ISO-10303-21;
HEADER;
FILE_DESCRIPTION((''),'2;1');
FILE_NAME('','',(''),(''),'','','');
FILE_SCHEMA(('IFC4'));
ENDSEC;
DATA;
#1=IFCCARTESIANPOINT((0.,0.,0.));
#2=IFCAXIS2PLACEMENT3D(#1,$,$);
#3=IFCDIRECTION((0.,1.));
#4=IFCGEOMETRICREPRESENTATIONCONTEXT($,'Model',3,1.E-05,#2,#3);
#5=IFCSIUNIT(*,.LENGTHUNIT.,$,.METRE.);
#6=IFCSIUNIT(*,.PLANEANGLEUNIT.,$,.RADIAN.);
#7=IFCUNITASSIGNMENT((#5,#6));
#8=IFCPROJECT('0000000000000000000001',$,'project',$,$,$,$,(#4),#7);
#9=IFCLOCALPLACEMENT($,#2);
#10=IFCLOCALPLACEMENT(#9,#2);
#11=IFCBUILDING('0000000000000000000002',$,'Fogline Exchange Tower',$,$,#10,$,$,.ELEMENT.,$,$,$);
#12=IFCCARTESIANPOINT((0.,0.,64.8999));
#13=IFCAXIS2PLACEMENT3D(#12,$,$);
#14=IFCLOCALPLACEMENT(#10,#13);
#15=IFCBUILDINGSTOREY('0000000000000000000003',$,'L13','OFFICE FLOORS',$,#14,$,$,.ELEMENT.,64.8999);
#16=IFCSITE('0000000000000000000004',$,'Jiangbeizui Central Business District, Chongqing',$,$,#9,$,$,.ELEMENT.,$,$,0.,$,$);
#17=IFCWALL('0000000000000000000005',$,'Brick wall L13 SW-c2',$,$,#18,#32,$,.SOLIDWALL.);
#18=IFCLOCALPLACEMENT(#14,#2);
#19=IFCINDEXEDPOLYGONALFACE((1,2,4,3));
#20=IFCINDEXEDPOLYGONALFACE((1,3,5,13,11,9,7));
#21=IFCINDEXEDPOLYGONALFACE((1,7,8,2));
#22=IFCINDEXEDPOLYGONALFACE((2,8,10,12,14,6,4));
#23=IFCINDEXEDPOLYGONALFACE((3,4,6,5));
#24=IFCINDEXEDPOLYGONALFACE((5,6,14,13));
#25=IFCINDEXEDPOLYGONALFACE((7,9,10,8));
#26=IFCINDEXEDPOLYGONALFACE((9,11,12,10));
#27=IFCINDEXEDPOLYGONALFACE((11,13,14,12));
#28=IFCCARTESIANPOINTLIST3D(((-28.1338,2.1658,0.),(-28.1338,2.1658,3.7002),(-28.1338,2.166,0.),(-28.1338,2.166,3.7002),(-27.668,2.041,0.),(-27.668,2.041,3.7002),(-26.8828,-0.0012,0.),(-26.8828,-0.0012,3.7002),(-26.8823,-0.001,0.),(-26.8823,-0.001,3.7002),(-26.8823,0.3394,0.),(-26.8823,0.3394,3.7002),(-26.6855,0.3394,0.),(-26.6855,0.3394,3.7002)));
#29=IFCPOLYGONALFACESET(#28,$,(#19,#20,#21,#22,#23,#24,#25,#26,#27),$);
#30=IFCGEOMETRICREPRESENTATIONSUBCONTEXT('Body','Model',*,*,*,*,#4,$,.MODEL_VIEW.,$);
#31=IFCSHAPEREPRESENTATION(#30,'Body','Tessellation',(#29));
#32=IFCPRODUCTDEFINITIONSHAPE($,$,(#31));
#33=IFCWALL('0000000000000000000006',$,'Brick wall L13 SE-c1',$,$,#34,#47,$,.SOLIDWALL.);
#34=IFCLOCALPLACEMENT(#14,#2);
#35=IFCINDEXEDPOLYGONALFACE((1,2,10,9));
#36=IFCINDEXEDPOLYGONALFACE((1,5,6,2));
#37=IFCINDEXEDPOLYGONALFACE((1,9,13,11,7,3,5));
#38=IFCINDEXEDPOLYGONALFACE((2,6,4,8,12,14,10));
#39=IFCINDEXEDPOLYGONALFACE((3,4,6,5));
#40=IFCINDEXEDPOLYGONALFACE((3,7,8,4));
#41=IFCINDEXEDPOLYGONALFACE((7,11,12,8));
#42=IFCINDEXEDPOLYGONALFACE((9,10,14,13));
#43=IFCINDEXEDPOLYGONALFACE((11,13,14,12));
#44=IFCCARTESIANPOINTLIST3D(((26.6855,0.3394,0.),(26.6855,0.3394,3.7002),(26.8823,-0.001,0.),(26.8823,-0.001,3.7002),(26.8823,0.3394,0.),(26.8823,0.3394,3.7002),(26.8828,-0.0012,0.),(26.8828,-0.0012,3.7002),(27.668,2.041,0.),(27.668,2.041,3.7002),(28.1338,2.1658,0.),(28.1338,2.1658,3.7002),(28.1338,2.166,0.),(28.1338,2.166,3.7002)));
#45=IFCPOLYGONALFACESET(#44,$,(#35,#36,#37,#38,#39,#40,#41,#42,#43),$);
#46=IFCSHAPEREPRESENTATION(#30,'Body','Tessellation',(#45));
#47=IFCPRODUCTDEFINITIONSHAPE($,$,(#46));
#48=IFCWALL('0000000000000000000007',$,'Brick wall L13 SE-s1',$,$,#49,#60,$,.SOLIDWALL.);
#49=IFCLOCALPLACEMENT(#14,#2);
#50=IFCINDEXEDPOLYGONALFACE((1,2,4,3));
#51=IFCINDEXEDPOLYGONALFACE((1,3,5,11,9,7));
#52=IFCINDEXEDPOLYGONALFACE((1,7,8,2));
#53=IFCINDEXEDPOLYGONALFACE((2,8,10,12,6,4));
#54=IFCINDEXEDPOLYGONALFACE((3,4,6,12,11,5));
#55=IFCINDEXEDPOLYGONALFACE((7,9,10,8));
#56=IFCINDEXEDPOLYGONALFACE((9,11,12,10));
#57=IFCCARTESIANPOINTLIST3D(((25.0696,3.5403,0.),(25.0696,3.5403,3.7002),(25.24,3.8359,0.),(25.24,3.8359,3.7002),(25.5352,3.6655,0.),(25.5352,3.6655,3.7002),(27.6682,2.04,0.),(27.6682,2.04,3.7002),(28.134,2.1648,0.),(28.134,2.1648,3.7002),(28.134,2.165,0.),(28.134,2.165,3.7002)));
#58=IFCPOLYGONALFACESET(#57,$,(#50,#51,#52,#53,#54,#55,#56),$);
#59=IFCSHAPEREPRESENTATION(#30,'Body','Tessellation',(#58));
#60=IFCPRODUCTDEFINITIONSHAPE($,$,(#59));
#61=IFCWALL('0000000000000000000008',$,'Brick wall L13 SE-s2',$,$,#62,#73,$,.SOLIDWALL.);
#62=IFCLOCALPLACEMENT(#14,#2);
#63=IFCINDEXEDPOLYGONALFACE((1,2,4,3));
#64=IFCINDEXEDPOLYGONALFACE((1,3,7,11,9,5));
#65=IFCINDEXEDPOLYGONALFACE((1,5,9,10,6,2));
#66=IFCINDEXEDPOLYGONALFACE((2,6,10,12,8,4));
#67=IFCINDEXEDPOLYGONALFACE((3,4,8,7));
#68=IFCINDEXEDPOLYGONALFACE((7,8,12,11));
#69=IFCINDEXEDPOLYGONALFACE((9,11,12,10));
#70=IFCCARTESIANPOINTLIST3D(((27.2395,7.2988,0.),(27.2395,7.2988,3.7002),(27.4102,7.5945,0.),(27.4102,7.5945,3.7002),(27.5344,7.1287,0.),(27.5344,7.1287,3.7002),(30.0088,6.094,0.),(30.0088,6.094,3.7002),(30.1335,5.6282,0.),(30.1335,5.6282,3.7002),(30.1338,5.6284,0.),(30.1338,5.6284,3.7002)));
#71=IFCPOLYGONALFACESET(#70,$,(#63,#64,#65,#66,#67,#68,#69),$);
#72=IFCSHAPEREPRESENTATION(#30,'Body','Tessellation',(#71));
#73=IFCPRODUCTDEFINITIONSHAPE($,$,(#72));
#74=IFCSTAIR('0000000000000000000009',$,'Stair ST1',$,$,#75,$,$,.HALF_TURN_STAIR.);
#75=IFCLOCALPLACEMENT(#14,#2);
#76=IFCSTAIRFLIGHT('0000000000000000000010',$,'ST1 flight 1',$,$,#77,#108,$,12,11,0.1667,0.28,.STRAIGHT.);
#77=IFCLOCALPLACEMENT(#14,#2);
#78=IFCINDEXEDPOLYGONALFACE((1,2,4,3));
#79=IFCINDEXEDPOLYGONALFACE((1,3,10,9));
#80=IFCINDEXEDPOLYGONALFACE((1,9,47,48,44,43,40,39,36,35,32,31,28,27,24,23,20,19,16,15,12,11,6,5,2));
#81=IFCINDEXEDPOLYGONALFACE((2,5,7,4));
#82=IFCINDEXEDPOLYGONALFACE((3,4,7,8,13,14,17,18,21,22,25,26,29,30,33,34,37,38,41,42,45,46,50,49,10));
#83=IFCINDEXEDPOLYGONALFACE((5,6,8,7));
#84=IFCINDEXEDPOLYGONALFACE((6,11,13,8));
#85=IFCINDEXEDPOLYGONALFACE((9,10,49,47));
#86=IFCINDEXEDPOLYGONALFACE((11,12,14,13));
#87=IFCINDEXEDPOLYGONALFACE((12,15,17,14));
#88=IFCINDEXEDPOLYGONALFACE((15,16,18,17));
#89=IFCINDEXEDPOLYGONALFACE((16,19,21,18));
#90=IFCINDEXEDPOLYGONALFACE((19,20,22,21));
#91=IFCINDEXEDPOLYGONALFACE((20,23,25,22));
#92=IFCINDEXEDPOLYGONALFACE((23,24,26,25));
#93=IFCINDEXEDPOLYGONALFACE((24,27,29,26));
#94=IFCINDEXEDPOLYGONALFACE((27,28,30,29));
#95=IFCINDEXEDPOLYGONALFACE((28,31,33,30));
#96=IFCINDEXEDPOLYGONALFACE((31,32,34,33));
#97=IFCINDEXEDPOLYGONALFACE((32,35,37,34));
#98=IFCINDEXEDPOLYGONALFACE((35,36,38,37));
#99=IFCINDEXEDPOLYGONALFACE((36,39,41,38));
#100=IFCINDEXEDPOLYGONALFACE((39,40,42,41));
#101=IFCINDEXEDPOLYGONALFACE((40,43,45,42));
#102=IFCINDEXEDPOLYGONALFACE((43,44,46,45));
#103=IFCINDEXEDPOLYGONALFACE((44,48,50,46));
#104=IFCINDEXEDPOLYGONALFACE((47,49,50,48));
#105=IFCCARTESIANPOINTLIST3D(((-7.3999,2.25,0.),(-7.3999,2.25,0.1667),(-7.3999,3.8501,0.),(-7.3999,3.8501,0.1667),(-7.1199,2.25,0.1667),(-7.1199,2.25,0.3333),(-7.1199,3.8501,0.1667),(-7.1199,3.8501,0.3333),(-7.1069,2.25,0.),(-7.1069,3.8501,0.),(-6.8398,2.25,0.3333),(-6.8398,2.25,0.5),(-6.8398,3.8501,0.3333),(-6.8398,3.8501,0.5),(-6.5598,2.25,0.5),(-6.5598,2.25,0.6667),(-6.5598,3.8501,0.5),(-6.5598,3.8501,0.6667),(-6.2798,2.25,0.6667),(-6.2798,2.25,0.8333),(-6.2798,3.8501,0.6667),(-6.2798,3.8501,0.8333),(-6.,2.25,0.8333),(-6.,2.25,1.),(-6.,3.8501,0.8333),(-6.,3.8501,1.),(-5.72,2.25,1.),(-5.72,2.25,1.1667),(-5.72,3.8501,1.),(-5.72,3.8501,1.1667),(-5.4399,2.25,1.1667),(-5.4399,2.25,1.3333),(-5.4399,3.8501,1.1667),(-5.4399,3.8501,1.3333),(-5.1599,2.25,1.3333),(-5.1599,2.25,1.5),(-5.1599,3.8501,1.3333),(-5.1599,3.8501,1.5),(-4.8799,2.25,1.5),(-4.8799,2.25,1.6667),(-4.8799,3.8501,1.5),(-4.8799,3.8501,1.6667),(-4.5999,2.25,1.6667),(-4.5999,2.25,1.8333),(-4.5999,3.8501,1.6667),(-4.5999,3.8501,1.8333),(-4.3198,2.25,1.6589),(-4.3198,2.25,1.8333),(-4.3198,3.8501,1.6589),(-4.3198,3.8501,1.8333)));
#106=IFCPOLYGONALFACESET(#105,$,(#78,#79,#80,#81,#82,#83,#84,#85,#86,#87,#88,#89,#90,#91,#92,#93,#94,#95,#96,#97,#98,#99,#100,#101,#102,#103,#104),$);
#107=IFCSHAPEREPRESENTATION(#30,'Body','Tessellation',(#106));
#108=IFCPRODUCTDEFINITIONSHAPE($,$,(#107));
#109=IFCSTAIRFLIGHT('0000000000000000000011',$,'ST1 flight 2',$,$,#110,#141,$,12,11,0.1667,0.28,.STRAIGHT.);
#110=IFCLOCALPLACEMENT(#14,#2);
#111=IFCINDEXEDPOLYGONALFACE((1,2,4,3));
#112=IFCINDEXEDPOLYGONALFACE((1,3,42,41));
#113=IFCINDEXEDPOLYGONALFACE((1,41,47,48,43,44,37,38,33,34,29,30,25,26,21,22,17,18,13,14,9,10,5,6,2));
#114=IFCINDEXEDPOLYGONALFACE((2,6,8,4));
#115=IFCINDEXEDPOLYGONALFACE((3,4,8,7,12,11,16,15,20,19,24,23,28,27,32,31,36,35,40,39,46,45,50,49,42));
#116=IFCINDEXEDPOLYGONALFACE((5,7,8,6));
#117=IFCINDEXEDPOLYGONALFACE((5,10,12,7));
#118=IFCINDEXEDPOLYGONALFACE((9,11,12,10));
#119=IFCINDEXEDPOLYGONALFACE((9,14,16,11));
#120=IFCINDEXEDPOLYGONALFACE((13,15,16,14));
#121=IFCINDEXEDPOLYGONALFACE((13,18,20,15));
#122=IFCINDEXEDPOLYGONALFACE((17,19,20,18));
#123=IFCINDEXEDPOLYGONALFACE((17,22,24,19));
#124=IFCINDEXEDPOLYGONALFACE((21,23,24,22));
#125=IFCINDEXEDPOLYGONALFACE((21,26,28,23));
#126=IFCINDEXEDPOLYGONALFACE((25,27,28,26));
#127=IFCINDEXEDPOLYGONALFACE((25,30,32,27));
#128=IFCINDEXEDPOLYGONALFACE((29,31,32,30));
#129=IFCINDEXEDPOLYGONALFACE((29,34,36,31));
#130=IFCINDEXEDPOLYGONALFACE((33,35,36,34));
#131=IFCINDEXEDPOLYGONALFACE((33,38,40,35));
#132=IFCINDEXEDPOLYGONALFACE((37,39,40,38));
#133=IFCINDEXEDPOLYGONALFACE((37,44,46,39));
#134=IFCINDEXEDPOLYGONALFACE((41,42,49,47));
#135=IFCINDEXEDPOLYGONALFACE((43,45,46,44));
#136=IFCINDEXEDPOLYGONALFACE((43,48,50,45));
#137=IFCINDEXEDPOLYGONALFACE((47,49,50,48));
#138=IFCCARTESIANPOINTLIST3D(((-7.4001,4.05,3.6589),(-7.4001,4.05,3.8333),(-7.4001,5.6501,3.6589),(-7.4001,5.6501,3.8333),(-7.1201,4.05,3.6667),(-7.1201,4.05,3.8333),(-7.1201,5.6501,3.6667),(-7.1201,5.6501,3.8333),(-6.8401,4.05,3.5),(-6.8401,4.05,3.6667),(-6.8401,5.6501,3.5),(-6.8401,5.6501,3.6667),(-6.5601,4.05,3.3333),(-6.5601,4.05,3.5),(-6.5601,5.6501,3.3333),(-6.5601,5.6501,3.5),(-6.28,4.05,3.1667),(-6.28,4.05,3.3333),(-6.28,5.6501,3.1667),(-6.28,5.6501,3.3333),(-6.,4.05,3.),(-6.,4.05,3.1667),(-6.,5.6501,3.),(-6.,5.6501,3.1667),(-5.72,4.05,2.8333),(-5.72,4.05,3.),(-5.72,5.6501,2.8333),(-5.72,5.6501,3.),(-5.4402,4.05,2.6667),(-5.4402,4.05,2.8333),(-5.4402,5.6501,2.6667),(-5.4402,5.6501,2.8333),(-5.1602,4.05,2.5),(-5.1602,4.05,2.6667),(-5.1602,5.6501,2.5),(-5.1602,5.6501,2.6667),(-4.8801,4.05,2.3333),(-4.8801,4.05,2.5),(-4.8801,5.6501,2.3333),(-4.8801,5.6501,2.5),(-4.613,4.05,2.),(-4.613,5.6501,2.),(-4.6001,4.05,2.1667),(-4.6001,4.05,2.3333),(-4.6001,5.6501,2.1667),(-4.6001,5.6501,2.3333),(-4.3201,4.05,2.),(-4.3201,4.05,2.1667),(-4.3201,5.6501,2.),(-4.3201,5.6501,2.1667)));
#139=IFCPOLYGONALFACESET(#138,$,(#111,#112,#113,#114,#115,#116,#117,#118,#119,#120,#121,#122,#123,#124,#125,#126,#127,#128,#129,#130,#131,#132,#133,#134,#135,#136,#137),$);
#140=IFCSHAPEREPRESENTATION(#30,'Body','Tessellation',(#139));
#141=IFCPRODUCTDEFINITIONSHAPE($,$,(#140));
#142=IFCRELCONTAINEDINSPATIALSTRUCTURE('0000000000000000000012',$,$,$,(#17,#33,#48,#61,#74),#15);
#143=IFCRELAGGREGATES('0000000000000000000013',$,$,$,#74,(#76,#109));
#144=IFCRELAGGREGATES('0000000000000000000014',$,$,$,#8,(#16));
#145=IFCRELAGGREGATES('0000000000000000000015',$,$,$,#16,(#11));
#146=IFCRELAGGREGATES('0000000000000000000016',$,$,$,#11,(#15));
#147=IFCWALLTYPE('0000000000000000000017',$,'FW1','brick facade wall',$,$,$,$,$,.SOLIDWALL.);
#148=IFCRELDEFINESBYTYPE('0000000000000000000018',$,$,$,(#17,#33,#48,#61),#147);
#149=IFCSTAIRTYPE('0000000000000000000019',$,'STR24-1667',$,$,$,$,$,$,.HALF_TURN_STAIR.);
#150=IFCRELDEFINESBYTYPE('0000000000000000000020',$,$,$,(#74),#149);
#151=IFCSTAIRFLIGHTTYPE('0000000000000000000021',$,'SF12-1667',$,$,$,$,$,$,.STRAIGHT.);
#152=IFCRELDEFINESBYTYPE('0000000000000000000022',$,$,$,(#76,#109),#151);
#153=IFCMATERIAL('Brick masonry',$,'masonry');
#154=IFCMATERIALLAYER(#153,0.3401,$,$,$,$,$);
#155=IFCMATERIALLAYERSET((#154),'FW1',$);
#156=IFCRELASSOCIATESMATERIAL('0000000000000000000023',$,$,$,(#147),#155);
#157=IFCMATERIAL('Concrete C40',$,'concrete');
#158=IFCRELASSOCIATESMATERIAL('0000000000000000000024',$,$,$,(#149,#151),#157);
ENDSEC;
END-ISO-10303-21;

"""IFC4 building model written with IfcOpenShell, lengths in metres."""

from ifc_helpers import new_model, si_unit, direction, frame, origin, place, context, subcontext, project, spatial, polyline, outline, extrude, material, layer, layer_set, type_object, element, aggregate, save


model = new_model("IFC4")

# Units and contexts
model_context = context("Model", 3, precision=1e-05, world=origin(), true_north=direction((0.0, 1.0)))
body_context = subcontext(model_context, "Body", "Model", "MODEL_VIEW")
ifc_project = project(units=[si_unit("LENGTHUNIT", "METRE"), si_unit("PLANEANGLEUNIT", "RADIAN")], contexts=[model_context])

# Site, building, storey
site_placement = place(None, origin())
site = spatial("IfcSite", under=ifc_project, at=site_placement, Name="Jiangbeizui Central Business District, Chongqing", CompositionType="ELEMENT", RefElevation=0.0)
building_placement = place(site_placement, origin())
building = spatial("IfcBuilding", under=site, at=building_placement, Name="Fogline Exchange Tower", CompositionType="ELEMENT")
storey_placement = place(building_placement, frame((0.0, 0.0, 64.8999)))
storey = spatial("IfcBuildingStorey", under=building, at=storey_placement, Name="L13", Description="OFFICE FLOORS", CompositionType="ELEMENT", Elevation=64.8999)

# Shared definitions
ifc_material_1 = material(Name="Concrete C40", Category="concrete")

# Walls
ifc_material_2 = material(Name="Brick masonry", Category="masonry")
ifc_layer_1 = layer(ifc_material_2, 0.3401)
ifc_layer_set_1 = layer_set([ifc_layer_1], Name="FW1")
wall_type_1 = type_object("IfcWallType", Name="FW1", Description="brick facade wall", PredefinedType="SOLIDWALL", material=ifc_layer_set_1)
wall_1_placement = place(storey_placement, origin())
element("IfcWall", 1, at=wall_1_placement, inside=storey, type_object=wall_type_1, Name="Brick wall L13 SW-c2", PredefinedType="SOLIDWALL", context=body_context, shape_type="SweptSolid", body=[
    extrude(outline(polyline([(-26.6855, 0.3394), (-26.8823, 0.3394), (-26.8823, -0.001), (-26.8828, -0.0012), (-28.1338, 2.1658), (-28.1338, 2.166), (-27.668, 2.041), (-26.6855, 0.3394)])), origin(), (0.0, 0.0, 1.0), 3.7002),
])
wall_2_placement = place(storey_placement, origin())
element("IfcWall", 2, at=wall_2_placement, inside=storey, type_object=wall_type_1, Name="Brick wall L13 SE-c1", PredefinedType="SOLIDWALL", context=body_context, shape_type="SweptSolid", body=[
    extrude(outline(polyline([(28.1338, 2.1658), (26.8828, -0.0012), (26.8823, -0.001), (26.8823, 0.3394), (26.6855, 0.3394), (27.668, 2.041), (28.1338, 2.166), (28.1338, 2.1658)])), origin(), (0.0, 0.0, 1.0), 3.7002),
])
wall_3_placement = place(storey_placement, origin())
element("IfcWall", 3, at=wall_3_placement, inside=storey, type_object=wall_type_1, Name="Brick wall L13 SE-s1", PredefinedType="SOLIDWALL", context=body_context, shape_type="SweptSolid", body=[
    extrude(outline(polyline([(25.0696, 3.5403), (25.24, 3.8359), (25.5352, 3.6655), (28.134, 2.165), (28.134, 2.1648), (27.6682, 2.04), (25.0696, 3.5403)])), origin(), (0.0, 0.0, 1.0), 3.7002),
])
wall_4_placement = place(storey_placement, origin())
element("IfcWall", 4, at=wall_4_placement, inside=storey, type_object=wall_type_1, Name="Brick wall L13 SE-s2", PredefinedType="SOLIDWALL", context=body_context, shape_type="SweptSolid", body=[
    extrude(outline(polyline([(30.1335, 5.6282), (27.5344, 7.1287), (27.2395, 7.2988), (27.4102, 7.5945), (30.0088, 6.094), (30.1338, 5.6284), (30.1335, 5.6282)])), origin(), (0.0, 0.0, 1.0), 3.7002),
])

# Stair, stair flights
stair_type = type_object("IfcStairType", Name="STR24-1667", PredefinedType="HALF_TURN_STAIR", material=ifc_material_1)
stair_placement = place(storey_placement, origin())
stair = element("IfcStair", 5, at=stair_placement, inside=storey, type_object=stair_type, Name="Stair ST1", PredefinedType="HALF_TURN_STAIR")
stair_flight_type = type_object("IfcStairFlightType", Name="SF12-1667", PredefinedType="STRAIGHT", material=ifc_material_1)
stair_flight_1_placement = place(storey_placement, frame((-7.3999, 3.05, 0.0), z_axis=(0.0, 0.0, 1.0), x_axis=(1.0, 0.0, 0.0)))
stair_flight_1 = element("IfcStairFlight", 6, at=stair_flight_1_placement, type_object=stair_flight_type, Name="ST1 flight 1", NumberOfRisers=12, NumberOfTreads=11, PredefinedType="STRAIGHT", RiserHeight=0.1667, TreadLength=0.28, context=body_context, shape_type="SweptSolid", body=[
    extrude(outline(polyline([(0.0, 0.0), (0.0, 0.1667), (0.28, 0.1667), (0.28, 0.3333), (0.5601, 0.3333), (0.5601, 0.5), (0.8401, 0.5), (0.8401, 0.6667), (1.1201, 0.6667), (1.1201, 0.8333), (1.3999, 0.8333), (1.3999, 1.0), (1.6799, 1.0), (1.6799, 1.1667), (1.96, 1.1667), (1.96, 1.3333), (2.24, 1.3333), (2.24, 1.5), (2.52, 1.5), (2.52, 1.6667), (2.8, 1.6667), (2.8, 1.8333), (3.0801, 1.8333), (3.0801, 2.0), (3.0801, 1.6589), (0.293, 0.0), (0.0, 0.0)])), frame((0.0, 0.8, 0.0), z_axis=(0.0, -1.0, 0.0), x_axis=(1.0, 0.0, 0.0)), (0.0, 0.0, 1.0), 1.6001),
])
stair_flight_2_placement = place(storey_placement, frame((-4.3201, 4.8501, 2.0), z_axis=(0.0, 0.0, 1.0), x_axis=(-1.0, 0.0, 0.0)))
stair_flight_2 = element("IfcStairFlight", 7, at=stair_flight_2_placement, type_object=stair_flight_type, Name="ST1 flight 2", NumberOfRisers=12, NumberOfTreads=11, PredefinedType="STRAIGHT", RiserHeight=0.1667, TreadLength=0.28, context=body_context, shape_type="SweptSolid", body=[
    extrude(outline(polyline([(0.0, 0.0), (0.0, 0.1667), (0.28, 0.1667), (0.28, 0.3333), (0.5601, 0.3333), (0.5601, 0.5), (0.8401, 0.5), (0.8401, 0.6667), (1.1201, 0.6667), (1.1201, 0.8333), (1.3999, 0.8333), (1.3999, 1.0), (1.6799, 1.0), (1.6799, 1.1667), (1.96, 1.1667), (1.96, 1.3333), (2.24, 1.3333), (2.24, 1.5), (2.52, 1.5), (2.52, 1.6667), (2.8, 1.6667), (2.8, 1.8333), (3.0801, 1.8333), (3.0801, 2.0), (3.0801, 1.6589), (0.293, 0.0), (0.0, 0.0)])), frame((0.0, 0.8, 0.0), z_axis=(0.0, -1.0, 0.0), x_axis=(1.0, 0.0, 0.0)), (0.0, 0.0, 1.0), 1.6001),
])
aggregate(stair, [stair_flight_1, stair_flight_2])

save(model, "model.ifc")
